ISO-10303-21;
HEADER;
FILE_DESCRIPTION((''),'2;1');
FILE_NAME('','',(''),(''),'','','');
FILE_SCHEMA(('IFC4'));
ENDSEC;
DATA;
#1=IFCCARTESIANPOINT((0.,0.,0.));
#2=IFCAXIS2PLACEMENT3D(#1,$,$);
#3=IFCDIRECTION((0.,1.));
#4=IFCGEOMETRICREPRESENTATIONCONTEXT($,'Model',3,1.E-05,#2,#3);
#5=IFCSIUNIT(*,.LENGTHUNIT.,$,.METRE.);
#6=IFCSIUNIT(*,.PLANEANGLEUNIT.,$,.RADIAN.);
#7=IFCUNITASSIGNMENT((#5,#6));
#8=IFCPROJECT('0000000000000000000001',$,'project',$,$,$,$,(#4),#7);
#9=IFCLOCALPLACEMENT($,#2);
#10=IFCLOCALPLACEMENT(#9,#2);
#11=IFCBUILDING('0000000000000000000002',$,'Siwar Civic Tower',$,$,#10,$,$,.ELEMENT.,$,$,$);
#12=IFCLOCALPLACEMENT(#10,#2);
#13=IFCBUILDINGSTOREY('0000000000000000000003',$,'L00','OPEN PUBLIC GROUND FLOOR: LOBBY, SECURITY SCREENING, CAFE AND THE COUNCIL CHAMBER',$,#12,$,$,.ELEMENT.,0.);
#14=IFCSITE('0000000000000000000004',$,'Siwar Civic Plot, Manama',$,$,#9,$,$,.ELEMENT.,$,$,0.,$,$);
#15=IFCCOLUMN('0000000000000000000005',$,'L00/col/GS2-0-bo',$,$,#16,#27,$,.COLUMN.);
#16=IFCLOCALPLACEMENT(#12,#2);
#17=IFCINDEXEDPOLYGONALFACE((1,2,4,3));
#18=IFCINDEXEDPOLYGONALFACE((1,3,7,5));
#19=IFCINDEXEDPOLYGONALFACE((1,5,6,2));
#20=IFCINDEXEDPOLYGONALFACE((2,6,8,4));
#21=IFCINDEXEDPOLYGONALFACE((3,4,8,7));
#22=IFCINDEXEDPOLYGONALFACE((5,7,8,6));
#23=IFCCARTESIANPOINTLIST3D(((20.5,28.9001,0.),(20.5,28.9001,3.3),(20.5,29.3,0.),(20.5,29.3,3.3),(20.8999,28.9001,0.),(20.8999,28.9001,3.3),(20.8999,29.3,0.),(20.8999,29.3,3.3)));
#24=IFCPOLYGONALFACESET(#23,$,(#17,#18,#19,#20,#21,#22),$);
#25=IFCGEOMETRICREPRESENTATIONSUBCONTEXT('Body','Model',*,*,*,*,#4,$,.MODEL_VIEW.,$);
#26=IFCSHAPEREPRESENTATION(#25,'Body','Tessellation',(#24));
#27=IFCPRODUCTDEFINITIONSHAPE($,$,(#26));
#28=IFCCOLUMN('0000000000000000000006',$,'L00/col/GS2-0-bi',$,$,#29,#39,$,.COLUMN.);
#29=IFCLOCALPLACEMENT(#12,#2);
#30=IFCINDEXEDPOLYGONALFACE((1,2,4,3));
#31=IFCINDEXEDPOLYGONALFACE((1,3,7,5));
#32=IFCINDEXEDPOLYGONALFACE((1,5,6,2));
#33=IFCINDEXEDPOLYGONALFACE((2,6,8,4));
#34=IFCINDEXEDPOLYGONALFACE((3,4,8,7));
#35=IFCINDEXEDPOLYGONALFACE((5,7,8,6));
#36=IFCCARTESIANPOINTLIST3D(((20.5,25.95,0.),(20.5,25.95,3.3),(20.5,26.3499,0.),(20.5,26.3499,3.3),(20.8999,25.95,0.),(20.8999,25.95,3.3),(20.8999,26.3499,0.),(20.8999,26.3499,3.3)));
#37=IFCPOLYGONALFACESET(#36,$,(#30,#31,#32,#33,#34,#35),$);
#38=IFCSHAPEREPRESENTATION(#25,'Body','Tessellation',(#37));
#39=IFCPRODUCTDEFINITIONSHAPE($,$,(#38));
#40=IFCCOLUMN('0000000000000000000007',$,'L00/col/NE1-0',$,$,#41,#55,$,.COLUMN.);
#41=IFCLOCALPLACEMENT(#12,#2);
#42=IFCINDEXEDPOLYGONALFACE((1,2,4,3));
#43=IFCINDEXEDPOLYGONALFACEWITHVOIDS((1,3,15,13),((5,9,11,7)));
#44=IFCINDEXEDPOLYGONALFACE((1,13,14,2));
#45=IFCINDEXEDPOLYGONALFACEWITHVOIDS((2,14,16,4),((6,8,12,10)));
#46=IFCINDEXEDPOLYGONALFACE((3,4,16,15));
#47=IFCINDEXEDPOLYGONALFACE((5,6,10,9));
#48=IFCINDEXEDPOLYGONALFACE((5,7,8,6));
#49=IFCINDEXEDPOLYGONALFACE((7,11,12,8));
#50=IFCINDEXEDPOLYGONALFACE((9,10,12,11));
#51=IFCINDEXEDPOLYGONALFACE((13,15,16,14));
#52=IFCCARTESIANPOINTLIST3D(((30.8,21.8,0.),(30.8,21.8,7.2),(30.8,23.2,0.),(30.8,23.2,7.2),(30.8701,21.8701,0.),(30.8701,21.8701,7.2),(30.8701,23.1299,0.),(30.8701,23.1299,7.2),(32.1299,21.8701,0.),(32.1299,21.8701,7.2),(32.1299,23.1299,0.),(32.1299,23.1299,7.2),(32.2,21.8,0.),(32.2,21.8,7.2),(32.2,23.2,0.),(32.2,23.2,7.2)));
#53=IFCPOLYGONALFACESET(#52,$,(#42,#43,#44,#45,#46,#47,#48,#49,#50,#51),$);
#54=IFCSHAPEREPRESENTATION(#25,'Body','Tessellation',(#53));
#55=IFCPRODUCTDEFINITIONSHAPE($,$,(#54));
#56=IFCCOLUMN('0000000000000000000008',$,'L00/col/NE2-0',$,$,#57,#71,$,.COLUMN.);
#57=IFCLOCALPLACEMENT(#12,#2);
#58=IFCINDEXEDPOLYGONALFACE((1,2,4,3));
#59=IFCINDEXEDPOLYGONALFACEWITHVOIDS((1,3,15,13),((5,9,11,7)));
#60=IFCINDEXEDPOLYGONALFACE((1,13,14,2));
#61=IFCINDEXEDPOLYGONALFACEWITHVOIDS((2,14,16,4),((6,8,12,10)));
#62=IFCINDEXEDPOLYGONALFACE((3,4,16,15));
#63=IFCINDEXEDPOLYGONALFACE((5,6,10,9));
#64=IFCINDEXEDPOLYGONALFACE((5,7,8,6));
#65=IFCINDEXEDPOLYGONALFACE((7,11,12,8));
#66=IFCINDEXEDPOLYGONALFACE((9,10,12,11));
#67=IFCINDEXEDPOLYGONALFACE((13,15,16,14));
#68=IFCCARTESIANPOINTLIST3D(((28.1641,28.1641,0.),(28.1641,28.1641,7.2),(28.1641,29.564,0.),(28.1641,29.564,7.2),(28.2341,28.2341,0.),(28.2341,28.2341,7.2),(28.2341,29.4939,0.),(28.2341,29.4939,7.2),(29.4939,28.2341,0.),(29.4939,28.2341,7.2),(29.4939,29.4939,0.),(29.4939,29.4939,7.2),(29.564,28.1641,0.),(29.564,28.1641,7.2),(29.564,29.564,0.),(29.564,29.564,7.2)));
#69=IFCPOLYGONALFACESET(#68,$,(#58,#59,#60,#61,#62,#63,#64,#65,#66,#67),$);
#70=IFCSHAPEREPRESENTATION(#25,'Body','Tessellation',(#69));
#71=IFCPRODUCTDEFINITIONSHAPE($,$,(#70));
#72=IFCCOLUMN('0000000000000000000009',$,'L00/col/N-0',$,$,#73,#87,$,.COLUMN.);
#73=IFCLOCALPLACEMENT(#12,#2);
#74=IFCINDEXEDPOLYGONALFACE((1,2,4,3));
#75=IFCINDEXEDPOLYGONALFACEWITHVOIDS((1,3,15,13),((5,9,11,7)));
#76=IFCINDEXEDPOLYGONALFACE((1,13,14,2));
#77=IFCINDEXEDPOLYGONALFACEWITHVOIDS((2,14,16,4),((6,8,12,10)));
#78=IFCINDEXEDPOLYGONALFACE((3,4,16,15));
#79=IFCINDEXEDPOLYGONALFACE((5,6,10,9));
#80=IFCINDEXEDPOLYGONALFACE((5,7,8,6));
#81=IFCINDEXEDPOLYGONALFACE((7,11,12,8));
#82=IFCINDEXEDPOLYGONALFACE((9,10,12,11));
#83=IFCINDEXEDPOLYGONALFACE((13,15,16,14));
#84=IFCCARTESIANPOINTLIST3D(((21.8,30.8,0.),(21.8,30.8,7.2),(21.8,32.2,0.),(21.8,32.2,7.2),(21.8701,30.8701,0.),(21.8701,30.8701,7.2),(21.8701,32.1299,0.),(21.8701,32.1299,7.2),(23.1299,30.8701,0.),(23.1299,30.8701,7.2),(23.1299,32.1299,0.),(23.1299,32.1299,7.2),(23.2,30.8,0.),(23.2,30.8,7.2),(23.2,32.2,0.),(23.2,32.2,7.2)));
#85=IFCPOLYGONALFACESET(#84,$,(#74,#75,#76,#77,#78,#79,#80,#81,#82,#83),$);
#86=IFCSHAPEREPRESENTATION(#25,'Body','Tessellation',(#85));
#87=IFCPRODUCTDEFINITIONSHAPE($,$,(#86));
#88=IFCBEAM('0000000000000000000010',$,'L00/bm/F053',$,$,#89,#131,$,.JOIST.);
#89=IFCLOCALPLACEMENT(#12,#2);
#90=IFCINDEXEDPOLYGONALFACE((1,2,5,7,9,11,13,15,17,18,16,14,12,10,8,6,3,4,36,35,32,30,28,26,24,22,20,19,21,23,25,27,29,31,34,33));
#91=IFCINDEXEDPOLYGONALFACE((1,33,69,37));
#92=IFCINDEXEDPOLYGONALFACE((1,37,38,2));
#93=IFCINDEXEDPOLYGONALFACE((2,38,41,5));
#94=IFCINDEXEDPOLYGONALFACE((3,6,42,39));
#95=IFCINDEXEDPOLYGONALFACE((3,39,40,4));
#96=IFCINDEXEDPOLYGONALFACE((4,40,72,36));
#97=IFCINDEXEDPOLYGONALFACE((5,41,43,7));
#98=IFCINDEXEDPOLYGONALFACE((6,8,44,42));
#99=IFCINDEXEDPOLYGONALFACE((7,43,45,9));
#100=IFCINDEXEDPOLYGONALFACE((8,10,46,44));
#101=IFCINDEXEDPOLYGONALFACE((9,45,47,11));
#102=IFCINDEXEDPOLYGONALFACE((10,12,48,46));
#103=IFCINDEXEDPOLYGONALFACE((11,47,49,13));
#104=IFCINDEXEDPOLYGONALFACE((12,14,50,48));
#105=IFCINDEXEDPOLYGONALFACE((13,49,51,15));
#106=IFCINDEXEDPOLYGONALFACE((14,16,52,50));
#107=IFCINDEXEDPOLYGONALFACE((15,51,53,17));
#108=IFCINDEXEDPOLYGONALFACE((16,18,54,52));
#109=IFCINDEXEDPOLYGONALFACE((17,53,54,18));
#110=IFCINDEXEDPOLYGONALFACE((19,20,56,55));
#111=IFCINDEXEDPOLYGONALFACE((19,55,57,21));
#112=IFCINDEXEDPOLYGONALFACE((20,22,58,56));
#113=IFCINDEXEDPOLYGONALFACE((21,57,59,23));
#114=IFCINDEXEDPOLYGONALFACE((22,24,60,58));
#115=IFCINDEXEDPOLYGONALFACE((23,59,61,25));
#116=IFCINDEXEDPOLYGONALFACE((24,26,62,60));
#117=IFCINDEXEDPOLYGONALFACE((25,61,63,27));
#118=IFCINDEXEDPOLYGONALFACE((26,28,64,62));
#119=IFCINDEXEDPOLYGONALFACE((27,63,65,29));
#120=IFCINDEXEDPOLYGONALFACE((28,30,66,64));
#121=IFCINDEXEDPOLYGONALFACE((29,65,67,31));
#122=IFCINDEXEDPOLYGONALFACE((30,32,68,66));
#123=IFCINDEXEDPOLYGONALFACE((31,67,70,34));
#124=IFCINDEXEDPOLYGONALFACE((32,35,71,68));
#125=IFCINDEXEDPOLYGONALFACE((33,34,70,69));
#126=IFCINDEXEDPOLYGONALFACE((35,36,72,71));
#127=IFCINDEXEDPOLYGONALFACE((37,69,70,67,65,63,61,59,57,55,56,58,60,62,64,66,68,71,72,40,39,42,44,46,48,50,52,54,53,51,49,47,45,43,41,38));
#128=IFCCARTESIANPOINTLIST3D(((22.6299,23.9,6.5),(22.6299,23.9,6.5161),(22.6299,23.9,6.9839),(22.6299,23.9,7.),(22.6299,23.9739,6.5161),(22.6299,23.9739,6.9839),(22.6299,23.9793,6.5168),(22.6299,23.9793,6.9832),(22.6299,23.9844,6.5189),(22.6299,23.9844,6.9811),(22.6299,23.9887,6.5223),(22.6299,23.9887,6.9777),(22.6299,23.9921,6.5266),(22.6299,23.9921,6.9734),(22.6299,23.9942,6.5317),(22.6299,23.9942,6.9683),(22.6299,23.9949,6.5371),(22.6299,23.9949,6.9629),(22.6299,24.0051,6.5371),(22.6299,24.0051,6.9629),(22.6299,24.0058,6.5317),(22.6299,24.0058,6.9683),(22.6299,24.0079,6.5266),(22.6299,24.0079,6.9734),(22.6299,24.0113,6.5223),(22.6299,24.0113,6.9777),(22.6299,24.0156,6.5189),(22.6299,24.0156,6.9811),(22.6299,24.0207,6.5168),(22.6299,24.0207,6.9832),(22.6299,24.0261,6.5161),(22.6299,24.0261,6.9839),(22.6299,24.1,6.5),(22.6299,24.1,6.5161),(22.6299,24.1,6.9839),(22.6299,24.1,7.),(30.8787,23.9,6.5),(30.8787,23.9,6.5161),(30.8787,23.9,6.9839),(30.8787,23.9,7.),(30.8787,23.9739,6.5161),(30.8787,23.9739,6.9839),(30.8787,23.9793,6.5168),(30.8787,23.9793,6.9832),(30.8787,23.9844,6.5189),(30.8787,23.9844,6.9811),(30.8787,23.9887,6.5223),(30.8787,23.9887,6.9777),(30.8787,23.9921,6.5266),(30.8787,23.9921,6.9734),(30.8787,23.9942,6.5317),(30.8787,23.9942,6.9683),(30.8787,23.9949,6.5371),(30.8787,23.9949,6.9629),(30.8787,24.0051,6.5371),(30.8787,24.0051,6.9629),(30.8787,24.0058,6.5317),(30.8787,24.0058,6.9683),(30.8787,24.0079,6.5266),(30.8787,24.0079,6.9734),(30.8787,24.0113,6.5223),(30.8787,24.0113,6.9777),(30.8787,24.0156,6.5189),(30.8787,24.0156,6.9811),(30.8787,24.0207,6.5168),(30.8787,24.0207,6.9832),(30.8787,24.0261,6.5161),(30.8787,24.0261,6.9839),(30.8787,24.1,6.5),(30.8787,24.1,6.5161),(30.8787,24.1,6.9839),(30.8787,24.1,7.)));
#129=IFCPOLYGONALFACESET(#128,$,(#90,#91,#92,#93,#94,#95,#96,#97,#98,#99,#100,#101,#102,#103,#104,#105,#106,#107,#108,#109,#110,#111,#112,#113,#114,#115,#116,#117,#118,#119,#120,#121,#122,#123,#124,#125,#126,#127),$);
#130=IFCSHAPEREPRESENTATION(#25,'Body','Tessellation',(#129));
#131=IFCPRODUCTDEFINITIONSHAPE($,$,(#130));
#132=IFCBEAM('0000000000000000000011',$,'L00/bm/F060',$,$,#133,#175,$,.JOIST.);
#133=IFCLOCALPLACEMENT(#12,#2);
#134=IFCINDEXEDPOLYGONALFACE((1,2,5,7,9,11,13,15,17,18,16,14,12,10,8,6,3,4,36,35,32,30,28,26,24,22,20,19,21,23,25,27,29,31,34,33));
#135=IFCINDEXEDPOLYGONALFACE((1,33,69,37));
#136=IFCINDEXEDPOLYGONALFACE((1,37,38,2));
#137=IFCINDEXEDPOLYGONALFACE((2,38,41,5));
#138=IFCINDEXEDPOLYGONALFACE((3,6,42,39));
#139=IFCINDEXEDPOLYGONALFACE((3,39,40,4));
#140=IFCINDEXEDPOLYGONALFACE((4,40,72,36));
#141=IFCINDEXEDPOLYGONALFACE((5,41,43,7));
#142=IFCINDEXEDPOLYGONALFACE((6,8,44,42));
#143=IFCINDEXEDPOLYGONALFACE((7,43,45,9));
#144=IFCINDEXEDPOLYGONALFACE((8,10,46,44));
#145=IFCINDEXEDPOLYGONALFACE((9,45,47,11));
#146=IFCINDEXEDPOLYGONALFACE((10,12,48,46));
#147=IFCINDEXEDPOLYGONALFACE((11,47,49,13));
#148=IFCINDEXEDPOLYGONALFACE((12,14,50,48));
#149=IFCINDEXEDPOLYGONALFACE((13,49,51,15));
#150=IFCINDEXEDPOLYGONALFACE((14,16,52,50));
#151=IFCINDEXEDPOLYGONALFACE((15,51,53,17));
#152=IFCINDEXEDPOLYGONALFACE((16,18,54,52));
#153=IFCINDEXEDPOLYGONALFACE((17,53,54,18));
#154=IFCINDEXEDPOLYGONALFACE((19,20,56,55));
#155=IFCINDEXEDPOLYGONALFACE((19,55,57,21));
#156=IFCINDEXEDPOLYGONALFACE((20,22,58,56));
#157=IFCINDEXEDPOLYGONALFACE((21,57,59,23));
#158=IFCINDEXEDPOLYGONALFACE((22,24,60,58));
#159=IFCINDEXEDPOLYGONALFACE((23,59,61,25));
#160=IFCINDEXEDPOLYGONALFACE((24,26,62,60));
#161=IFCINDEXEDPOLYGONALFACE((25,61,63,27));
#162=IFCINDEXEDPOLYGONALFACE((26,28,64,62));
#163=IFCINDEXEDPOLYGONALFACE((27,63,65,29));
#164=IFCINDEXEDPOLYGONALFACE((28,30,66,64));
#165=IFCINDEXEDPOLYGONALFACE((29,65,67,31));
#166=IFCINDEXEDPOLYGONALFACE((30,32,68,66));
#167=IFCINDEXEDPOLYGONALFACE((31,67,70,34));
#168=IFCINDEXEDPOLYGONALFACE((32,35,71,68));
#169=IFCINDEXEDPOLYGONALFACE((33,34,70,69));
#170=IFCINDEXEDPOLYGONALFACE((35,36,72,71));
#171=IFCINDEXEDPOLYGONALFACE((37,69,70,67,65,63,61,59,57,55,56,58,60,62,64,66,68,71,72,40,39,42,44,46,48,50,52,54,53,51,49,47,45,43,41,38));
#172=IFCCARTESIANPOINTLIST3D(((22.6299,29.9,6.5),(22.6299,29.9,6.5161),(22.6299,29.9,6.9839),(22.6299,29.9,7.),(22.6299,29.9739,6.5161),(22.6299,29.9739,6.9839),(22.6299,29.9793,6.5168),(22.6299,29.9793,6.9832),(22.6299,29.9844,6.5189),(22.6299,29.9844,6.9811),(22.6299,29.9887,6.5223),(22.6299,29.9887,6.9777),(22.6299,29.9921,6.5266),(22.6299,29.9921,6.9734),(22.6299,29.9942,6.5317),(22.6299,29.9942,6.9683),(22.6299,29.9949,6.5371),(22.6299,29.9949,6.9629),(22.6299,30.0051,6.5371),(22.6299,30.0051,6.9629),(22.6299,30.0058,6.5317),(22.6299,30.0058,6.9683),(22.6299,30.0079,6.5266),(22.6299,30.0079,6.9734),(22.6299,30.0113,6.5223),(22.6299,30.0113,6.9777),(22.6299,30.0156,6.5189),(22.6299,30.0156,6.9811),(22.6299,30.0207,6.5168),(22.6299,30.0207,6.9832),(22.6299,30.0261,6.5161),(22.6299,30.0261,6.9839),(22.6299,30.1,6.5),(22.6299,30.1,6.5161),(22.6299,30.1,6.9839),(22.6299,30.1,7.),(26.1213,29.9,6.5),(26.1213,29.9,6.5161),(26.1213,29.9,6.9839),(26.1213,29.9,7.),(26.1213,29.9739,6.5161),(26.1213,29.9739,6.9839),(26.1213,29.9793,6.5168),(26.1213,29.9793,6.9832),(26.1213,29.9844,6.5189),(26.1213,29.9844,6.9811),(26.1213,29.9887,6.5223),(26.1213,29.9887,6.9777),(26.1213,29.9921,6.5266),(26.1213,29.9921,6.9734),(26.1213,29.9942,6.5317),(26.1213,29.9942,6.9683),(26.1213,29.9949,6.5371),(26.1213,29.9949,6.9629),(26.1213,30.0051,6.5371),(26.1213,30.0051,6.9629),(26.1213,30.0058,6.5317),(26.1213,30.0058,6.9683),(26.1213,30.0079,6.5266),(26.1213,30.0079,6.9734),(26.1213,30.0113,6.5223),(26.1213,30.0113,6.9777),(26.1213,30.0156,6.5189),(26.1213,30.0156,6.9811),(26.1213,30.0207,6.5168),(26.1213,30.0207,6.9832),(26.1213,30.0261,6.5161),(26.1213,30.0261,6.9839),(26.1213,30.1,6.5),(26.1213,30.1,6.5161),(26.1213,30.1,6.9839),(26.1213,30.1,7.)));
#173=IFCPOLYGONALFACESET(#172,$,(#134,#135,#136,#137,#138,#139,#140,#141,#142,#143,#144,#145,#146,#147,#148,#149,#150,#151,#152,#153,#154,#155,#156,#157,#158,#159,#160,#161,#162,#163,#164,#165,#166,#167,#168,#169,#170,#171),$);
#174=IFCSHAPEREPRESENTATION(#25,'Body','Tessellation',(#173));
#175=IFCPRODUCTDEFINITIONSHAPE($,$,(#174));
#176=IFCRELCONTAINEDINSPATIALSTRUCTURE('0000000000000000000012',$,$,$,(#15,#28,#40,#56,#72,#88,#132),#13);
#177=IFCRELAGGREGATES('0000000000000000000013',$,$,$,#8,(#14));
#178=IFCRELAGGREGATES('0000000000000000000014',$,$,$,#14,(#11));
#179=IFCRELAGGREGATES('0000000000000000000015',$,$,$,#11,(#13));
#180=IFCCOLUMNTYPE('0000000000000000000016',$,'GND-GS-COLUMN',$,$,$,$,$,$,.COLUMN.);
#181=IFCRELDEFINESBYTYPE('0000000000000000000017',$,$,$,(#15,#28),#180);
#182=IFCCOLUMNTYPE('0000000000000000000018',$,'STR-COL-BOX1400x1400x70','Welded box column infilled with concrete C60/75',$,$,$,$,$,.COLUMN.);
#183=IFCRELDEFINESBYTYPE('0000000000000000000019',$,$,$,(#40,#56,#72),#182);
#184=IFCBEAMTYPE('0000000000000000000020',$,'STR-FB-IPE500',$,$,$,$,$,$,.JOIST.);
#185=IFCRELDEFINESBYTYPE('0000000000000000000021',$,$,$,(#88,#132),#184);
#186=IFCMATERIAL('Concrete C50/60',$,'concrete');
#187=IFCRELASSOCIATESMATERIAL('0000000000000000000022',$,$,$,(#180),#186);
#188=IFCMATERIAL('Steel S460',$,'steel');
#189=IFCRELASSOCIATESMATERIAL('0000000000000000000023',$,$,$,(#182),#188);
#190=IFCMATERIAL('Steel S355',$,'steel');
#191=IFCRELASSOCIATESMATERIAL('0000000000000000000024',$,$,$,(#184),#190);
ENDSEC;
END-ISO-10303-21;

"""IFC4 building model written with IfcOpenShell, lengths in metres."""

from ifc_helpers import new_model, si_unit, direction, frame, origin, origin_2d, place, context, subcontext, project, spatial, rectangle, hollow_rectangle, i_section, extrude, material, material_profile, profile_set, type_object, element, save


model = new_model("IFC4")

# Units and contexts
model_context = context("Model", 3, precision=1e-05, world=origin(), true_north=direction((0.0, 1.0)))
body_context = subcontext(model_context, "Body", "Model", "MODEL_VIEW")
ifc_project = project(units=[si_unit("LENGTHUNIT", "METRE"), si_unit("PLANEANGLEUNIT", "RADIAN")], contexts=[model_context])

# Site, building, storey
site_placement = place(None, origin())
site = spatial("IfcSite", under=ifc_project, at=site_placement, Name="Siwar Civic Plot, Manama", CompositionType="ELEMENT", RefElevation=0.0)
building_placement = place(site_placement, origin())
building = spatial("IfcBuilding", under=site, at=building_placement, Name="Siwar Civic Tower", CompositionType="ELEMENT")
storey_placement = place(building_placement, origin())
storey = spatial("IfcBuildingStorey", under=building, at=storey_placement, Name="L00", Description="OPEN PUBLIC GROUND FLOOR: LOBBY, SECURITY SCREENING, CAFE AND THE COUNCIL CHAMBER", CompositionType="ELEMENT", Elevation=0.0)

# Columns
ifc_material_1 = material(Name="Concrete C50/60", Category="concrete")
ifc_material_profile_1 = material_profile(ifc_material_1, rectangle(XDim=0.3999, YDim=0.3999, at=origin_2d()), Name="RC400x400")
ifc_profile_set_1 = profile_set([ifc_material_profile_1], Name="Concrete C50/60")
column_type_1 = type_object("IfcColumnType", Name="GND-GS-COLUMN", PredefinedType="COLUMN", material=ifc_profile_set_1)
for number, where, z_axis, x_axis, name in (
    (1, (20.7, 29.1001, 0.0), (0.0, 0.0, 1.0), (1.0, 0.0, 0.0), "L00/col/GS2-0-bo"),
    (2, (20.7, 26.1499, 0.0), (0.0, 0.0, 1.0), (1.0, 0.0, 0.0), "L00/col/GS2-0-bi"),
):
    element("IfcColumn", number, at=place(storey_placement, frame(where, z_axis=z_axis, x_axis=x_axis)), inside=storey, type_object=column_type_1, Name=name, PredefinedType="COLUMN", context=body_context, shape_type="SweptSolid", body=[
        extrude(rectangle(XDim=0.3999, YDim=0.3999, at=origin_2d()), origin(), (0.0, 0.0, 1.0), 3.3),
    ])
ifc_material_2 = material(Name="Steel S460", Category="steel")
ifc_material_profile_2 = material_profile(ifc_material_2, hollow_rectangle(XDim=1.3999, YDim=1.3999, WallThickness=0.0701, at=origin_2d()), Name="BOX1400x1400x70")
ifc_profile_set_2 = profile_set([ifc_material_profile_2], Name="Steel S460")
column_type_2 = type_object("IfcColumnType", Name="STR-COL-BOX1400x1400x70", Description="Welded box column infilled with concrete C60/75", PredefinedType="COLUMN", material=ifc_profile_set_2)
for number, where, z_axis, x_axis, name in (
    (3, (31.5, 22.5, 0.0), (0.0, 0.0, 1.0), (1.0, 0.0, 0.0), "L00/col/NE1-0"),
    (4, (28.864, 28.864, 0.0), (0.0, 0.0, 1.0), (1.0, 0.0, 0.0), "L00/col/NE2-0"),
    (5, (22.5, 31.5, 0.0), (0.0, 0.0, 1.0), (1.0, 0.0, 0.0), "L00/col/N-0"),
):
    element("IfcColumn", number, at=place(storey_placement, frame(where, z_axis=z_axis, x_axis=x_axis)), inside=storey, type_object=column_type_2, Name=name, PredefinedType="COLUMN", context=body_context, shape_type="SweptSolid", body=[
        extrude(hollow_rectangle(XDim=1.3999, YDim=1.3999, WallThickness=0.0701, at=origin_2d()), origin(), (0.0, 0.0, 1.0), 7.2),
    ])

# Beams
ifc_material_3 = material(Name="Steel S355", Category="steel")
ifc_material_profile_3 = material_profile(ifc_material_3, i_section(OverallWidth=0.2, OverallDepth=0.5, WebThickness=0.0103, FlangeThickness=0.0161, FilletRadius=0.021, at=origin_2d()), Name="IPE500")
ifc_profile_set_3 = profile_set([ifc_material_profile_3], Name="Steel S355")
beam_type_1 = type_object("IfcBeamType", Name="STR-FB-IPE500", PredefinedType="JOIST", material=ifc_profile_set_3)
beam_1_placement = place(storey_placement, frame((22.6299, 24.0, 6.75), z_axis=(1.0, 0.0, 0.0), x_axis=(0.0, 1.0, 0.0)))
element("IfcBeam", 6, at=beam_1_placement, inside=storey, type_object=beam_type_1, Name="L00/bm/F053", PredefinedType="JOIST", context=body_context, shape_type="SweptSolid", body=[
    extrude(i_section(OverallWidth=0.2, OverallDepth=0.5, WebThickness=0.0103, FlangeThickness=0.0161, FilletRadius=0.021, at=origin_2d()), origin(), (0.0, 0.0, 1.0), 8.2488),
])
beam_2_placement = place(storey_placement, frame((22.6299, 30.0, 6.75), z_axis=(1.0, 0.0, 0.0), x_axis=(0.0, 1.0, 0.0)))
element("IfcBeam", 7, at=beam_2_placement, inside=storey, type_object=beam_type_1, Name="L00/bm/F060", PredefinedType="JOIST", context=body_context, shape_type="SweptSolid", body=[
    extrude(i_section(OverallWidth=0.2, OverallDepth=0.5, WebThickness=0.0103, FlangeThickness=0.0161, FilletRadius=0.021, at=origin_2d()), origin(), (0.0, 0.0, 1.0), 3.4915),
])

save(model, "model.ifc")
